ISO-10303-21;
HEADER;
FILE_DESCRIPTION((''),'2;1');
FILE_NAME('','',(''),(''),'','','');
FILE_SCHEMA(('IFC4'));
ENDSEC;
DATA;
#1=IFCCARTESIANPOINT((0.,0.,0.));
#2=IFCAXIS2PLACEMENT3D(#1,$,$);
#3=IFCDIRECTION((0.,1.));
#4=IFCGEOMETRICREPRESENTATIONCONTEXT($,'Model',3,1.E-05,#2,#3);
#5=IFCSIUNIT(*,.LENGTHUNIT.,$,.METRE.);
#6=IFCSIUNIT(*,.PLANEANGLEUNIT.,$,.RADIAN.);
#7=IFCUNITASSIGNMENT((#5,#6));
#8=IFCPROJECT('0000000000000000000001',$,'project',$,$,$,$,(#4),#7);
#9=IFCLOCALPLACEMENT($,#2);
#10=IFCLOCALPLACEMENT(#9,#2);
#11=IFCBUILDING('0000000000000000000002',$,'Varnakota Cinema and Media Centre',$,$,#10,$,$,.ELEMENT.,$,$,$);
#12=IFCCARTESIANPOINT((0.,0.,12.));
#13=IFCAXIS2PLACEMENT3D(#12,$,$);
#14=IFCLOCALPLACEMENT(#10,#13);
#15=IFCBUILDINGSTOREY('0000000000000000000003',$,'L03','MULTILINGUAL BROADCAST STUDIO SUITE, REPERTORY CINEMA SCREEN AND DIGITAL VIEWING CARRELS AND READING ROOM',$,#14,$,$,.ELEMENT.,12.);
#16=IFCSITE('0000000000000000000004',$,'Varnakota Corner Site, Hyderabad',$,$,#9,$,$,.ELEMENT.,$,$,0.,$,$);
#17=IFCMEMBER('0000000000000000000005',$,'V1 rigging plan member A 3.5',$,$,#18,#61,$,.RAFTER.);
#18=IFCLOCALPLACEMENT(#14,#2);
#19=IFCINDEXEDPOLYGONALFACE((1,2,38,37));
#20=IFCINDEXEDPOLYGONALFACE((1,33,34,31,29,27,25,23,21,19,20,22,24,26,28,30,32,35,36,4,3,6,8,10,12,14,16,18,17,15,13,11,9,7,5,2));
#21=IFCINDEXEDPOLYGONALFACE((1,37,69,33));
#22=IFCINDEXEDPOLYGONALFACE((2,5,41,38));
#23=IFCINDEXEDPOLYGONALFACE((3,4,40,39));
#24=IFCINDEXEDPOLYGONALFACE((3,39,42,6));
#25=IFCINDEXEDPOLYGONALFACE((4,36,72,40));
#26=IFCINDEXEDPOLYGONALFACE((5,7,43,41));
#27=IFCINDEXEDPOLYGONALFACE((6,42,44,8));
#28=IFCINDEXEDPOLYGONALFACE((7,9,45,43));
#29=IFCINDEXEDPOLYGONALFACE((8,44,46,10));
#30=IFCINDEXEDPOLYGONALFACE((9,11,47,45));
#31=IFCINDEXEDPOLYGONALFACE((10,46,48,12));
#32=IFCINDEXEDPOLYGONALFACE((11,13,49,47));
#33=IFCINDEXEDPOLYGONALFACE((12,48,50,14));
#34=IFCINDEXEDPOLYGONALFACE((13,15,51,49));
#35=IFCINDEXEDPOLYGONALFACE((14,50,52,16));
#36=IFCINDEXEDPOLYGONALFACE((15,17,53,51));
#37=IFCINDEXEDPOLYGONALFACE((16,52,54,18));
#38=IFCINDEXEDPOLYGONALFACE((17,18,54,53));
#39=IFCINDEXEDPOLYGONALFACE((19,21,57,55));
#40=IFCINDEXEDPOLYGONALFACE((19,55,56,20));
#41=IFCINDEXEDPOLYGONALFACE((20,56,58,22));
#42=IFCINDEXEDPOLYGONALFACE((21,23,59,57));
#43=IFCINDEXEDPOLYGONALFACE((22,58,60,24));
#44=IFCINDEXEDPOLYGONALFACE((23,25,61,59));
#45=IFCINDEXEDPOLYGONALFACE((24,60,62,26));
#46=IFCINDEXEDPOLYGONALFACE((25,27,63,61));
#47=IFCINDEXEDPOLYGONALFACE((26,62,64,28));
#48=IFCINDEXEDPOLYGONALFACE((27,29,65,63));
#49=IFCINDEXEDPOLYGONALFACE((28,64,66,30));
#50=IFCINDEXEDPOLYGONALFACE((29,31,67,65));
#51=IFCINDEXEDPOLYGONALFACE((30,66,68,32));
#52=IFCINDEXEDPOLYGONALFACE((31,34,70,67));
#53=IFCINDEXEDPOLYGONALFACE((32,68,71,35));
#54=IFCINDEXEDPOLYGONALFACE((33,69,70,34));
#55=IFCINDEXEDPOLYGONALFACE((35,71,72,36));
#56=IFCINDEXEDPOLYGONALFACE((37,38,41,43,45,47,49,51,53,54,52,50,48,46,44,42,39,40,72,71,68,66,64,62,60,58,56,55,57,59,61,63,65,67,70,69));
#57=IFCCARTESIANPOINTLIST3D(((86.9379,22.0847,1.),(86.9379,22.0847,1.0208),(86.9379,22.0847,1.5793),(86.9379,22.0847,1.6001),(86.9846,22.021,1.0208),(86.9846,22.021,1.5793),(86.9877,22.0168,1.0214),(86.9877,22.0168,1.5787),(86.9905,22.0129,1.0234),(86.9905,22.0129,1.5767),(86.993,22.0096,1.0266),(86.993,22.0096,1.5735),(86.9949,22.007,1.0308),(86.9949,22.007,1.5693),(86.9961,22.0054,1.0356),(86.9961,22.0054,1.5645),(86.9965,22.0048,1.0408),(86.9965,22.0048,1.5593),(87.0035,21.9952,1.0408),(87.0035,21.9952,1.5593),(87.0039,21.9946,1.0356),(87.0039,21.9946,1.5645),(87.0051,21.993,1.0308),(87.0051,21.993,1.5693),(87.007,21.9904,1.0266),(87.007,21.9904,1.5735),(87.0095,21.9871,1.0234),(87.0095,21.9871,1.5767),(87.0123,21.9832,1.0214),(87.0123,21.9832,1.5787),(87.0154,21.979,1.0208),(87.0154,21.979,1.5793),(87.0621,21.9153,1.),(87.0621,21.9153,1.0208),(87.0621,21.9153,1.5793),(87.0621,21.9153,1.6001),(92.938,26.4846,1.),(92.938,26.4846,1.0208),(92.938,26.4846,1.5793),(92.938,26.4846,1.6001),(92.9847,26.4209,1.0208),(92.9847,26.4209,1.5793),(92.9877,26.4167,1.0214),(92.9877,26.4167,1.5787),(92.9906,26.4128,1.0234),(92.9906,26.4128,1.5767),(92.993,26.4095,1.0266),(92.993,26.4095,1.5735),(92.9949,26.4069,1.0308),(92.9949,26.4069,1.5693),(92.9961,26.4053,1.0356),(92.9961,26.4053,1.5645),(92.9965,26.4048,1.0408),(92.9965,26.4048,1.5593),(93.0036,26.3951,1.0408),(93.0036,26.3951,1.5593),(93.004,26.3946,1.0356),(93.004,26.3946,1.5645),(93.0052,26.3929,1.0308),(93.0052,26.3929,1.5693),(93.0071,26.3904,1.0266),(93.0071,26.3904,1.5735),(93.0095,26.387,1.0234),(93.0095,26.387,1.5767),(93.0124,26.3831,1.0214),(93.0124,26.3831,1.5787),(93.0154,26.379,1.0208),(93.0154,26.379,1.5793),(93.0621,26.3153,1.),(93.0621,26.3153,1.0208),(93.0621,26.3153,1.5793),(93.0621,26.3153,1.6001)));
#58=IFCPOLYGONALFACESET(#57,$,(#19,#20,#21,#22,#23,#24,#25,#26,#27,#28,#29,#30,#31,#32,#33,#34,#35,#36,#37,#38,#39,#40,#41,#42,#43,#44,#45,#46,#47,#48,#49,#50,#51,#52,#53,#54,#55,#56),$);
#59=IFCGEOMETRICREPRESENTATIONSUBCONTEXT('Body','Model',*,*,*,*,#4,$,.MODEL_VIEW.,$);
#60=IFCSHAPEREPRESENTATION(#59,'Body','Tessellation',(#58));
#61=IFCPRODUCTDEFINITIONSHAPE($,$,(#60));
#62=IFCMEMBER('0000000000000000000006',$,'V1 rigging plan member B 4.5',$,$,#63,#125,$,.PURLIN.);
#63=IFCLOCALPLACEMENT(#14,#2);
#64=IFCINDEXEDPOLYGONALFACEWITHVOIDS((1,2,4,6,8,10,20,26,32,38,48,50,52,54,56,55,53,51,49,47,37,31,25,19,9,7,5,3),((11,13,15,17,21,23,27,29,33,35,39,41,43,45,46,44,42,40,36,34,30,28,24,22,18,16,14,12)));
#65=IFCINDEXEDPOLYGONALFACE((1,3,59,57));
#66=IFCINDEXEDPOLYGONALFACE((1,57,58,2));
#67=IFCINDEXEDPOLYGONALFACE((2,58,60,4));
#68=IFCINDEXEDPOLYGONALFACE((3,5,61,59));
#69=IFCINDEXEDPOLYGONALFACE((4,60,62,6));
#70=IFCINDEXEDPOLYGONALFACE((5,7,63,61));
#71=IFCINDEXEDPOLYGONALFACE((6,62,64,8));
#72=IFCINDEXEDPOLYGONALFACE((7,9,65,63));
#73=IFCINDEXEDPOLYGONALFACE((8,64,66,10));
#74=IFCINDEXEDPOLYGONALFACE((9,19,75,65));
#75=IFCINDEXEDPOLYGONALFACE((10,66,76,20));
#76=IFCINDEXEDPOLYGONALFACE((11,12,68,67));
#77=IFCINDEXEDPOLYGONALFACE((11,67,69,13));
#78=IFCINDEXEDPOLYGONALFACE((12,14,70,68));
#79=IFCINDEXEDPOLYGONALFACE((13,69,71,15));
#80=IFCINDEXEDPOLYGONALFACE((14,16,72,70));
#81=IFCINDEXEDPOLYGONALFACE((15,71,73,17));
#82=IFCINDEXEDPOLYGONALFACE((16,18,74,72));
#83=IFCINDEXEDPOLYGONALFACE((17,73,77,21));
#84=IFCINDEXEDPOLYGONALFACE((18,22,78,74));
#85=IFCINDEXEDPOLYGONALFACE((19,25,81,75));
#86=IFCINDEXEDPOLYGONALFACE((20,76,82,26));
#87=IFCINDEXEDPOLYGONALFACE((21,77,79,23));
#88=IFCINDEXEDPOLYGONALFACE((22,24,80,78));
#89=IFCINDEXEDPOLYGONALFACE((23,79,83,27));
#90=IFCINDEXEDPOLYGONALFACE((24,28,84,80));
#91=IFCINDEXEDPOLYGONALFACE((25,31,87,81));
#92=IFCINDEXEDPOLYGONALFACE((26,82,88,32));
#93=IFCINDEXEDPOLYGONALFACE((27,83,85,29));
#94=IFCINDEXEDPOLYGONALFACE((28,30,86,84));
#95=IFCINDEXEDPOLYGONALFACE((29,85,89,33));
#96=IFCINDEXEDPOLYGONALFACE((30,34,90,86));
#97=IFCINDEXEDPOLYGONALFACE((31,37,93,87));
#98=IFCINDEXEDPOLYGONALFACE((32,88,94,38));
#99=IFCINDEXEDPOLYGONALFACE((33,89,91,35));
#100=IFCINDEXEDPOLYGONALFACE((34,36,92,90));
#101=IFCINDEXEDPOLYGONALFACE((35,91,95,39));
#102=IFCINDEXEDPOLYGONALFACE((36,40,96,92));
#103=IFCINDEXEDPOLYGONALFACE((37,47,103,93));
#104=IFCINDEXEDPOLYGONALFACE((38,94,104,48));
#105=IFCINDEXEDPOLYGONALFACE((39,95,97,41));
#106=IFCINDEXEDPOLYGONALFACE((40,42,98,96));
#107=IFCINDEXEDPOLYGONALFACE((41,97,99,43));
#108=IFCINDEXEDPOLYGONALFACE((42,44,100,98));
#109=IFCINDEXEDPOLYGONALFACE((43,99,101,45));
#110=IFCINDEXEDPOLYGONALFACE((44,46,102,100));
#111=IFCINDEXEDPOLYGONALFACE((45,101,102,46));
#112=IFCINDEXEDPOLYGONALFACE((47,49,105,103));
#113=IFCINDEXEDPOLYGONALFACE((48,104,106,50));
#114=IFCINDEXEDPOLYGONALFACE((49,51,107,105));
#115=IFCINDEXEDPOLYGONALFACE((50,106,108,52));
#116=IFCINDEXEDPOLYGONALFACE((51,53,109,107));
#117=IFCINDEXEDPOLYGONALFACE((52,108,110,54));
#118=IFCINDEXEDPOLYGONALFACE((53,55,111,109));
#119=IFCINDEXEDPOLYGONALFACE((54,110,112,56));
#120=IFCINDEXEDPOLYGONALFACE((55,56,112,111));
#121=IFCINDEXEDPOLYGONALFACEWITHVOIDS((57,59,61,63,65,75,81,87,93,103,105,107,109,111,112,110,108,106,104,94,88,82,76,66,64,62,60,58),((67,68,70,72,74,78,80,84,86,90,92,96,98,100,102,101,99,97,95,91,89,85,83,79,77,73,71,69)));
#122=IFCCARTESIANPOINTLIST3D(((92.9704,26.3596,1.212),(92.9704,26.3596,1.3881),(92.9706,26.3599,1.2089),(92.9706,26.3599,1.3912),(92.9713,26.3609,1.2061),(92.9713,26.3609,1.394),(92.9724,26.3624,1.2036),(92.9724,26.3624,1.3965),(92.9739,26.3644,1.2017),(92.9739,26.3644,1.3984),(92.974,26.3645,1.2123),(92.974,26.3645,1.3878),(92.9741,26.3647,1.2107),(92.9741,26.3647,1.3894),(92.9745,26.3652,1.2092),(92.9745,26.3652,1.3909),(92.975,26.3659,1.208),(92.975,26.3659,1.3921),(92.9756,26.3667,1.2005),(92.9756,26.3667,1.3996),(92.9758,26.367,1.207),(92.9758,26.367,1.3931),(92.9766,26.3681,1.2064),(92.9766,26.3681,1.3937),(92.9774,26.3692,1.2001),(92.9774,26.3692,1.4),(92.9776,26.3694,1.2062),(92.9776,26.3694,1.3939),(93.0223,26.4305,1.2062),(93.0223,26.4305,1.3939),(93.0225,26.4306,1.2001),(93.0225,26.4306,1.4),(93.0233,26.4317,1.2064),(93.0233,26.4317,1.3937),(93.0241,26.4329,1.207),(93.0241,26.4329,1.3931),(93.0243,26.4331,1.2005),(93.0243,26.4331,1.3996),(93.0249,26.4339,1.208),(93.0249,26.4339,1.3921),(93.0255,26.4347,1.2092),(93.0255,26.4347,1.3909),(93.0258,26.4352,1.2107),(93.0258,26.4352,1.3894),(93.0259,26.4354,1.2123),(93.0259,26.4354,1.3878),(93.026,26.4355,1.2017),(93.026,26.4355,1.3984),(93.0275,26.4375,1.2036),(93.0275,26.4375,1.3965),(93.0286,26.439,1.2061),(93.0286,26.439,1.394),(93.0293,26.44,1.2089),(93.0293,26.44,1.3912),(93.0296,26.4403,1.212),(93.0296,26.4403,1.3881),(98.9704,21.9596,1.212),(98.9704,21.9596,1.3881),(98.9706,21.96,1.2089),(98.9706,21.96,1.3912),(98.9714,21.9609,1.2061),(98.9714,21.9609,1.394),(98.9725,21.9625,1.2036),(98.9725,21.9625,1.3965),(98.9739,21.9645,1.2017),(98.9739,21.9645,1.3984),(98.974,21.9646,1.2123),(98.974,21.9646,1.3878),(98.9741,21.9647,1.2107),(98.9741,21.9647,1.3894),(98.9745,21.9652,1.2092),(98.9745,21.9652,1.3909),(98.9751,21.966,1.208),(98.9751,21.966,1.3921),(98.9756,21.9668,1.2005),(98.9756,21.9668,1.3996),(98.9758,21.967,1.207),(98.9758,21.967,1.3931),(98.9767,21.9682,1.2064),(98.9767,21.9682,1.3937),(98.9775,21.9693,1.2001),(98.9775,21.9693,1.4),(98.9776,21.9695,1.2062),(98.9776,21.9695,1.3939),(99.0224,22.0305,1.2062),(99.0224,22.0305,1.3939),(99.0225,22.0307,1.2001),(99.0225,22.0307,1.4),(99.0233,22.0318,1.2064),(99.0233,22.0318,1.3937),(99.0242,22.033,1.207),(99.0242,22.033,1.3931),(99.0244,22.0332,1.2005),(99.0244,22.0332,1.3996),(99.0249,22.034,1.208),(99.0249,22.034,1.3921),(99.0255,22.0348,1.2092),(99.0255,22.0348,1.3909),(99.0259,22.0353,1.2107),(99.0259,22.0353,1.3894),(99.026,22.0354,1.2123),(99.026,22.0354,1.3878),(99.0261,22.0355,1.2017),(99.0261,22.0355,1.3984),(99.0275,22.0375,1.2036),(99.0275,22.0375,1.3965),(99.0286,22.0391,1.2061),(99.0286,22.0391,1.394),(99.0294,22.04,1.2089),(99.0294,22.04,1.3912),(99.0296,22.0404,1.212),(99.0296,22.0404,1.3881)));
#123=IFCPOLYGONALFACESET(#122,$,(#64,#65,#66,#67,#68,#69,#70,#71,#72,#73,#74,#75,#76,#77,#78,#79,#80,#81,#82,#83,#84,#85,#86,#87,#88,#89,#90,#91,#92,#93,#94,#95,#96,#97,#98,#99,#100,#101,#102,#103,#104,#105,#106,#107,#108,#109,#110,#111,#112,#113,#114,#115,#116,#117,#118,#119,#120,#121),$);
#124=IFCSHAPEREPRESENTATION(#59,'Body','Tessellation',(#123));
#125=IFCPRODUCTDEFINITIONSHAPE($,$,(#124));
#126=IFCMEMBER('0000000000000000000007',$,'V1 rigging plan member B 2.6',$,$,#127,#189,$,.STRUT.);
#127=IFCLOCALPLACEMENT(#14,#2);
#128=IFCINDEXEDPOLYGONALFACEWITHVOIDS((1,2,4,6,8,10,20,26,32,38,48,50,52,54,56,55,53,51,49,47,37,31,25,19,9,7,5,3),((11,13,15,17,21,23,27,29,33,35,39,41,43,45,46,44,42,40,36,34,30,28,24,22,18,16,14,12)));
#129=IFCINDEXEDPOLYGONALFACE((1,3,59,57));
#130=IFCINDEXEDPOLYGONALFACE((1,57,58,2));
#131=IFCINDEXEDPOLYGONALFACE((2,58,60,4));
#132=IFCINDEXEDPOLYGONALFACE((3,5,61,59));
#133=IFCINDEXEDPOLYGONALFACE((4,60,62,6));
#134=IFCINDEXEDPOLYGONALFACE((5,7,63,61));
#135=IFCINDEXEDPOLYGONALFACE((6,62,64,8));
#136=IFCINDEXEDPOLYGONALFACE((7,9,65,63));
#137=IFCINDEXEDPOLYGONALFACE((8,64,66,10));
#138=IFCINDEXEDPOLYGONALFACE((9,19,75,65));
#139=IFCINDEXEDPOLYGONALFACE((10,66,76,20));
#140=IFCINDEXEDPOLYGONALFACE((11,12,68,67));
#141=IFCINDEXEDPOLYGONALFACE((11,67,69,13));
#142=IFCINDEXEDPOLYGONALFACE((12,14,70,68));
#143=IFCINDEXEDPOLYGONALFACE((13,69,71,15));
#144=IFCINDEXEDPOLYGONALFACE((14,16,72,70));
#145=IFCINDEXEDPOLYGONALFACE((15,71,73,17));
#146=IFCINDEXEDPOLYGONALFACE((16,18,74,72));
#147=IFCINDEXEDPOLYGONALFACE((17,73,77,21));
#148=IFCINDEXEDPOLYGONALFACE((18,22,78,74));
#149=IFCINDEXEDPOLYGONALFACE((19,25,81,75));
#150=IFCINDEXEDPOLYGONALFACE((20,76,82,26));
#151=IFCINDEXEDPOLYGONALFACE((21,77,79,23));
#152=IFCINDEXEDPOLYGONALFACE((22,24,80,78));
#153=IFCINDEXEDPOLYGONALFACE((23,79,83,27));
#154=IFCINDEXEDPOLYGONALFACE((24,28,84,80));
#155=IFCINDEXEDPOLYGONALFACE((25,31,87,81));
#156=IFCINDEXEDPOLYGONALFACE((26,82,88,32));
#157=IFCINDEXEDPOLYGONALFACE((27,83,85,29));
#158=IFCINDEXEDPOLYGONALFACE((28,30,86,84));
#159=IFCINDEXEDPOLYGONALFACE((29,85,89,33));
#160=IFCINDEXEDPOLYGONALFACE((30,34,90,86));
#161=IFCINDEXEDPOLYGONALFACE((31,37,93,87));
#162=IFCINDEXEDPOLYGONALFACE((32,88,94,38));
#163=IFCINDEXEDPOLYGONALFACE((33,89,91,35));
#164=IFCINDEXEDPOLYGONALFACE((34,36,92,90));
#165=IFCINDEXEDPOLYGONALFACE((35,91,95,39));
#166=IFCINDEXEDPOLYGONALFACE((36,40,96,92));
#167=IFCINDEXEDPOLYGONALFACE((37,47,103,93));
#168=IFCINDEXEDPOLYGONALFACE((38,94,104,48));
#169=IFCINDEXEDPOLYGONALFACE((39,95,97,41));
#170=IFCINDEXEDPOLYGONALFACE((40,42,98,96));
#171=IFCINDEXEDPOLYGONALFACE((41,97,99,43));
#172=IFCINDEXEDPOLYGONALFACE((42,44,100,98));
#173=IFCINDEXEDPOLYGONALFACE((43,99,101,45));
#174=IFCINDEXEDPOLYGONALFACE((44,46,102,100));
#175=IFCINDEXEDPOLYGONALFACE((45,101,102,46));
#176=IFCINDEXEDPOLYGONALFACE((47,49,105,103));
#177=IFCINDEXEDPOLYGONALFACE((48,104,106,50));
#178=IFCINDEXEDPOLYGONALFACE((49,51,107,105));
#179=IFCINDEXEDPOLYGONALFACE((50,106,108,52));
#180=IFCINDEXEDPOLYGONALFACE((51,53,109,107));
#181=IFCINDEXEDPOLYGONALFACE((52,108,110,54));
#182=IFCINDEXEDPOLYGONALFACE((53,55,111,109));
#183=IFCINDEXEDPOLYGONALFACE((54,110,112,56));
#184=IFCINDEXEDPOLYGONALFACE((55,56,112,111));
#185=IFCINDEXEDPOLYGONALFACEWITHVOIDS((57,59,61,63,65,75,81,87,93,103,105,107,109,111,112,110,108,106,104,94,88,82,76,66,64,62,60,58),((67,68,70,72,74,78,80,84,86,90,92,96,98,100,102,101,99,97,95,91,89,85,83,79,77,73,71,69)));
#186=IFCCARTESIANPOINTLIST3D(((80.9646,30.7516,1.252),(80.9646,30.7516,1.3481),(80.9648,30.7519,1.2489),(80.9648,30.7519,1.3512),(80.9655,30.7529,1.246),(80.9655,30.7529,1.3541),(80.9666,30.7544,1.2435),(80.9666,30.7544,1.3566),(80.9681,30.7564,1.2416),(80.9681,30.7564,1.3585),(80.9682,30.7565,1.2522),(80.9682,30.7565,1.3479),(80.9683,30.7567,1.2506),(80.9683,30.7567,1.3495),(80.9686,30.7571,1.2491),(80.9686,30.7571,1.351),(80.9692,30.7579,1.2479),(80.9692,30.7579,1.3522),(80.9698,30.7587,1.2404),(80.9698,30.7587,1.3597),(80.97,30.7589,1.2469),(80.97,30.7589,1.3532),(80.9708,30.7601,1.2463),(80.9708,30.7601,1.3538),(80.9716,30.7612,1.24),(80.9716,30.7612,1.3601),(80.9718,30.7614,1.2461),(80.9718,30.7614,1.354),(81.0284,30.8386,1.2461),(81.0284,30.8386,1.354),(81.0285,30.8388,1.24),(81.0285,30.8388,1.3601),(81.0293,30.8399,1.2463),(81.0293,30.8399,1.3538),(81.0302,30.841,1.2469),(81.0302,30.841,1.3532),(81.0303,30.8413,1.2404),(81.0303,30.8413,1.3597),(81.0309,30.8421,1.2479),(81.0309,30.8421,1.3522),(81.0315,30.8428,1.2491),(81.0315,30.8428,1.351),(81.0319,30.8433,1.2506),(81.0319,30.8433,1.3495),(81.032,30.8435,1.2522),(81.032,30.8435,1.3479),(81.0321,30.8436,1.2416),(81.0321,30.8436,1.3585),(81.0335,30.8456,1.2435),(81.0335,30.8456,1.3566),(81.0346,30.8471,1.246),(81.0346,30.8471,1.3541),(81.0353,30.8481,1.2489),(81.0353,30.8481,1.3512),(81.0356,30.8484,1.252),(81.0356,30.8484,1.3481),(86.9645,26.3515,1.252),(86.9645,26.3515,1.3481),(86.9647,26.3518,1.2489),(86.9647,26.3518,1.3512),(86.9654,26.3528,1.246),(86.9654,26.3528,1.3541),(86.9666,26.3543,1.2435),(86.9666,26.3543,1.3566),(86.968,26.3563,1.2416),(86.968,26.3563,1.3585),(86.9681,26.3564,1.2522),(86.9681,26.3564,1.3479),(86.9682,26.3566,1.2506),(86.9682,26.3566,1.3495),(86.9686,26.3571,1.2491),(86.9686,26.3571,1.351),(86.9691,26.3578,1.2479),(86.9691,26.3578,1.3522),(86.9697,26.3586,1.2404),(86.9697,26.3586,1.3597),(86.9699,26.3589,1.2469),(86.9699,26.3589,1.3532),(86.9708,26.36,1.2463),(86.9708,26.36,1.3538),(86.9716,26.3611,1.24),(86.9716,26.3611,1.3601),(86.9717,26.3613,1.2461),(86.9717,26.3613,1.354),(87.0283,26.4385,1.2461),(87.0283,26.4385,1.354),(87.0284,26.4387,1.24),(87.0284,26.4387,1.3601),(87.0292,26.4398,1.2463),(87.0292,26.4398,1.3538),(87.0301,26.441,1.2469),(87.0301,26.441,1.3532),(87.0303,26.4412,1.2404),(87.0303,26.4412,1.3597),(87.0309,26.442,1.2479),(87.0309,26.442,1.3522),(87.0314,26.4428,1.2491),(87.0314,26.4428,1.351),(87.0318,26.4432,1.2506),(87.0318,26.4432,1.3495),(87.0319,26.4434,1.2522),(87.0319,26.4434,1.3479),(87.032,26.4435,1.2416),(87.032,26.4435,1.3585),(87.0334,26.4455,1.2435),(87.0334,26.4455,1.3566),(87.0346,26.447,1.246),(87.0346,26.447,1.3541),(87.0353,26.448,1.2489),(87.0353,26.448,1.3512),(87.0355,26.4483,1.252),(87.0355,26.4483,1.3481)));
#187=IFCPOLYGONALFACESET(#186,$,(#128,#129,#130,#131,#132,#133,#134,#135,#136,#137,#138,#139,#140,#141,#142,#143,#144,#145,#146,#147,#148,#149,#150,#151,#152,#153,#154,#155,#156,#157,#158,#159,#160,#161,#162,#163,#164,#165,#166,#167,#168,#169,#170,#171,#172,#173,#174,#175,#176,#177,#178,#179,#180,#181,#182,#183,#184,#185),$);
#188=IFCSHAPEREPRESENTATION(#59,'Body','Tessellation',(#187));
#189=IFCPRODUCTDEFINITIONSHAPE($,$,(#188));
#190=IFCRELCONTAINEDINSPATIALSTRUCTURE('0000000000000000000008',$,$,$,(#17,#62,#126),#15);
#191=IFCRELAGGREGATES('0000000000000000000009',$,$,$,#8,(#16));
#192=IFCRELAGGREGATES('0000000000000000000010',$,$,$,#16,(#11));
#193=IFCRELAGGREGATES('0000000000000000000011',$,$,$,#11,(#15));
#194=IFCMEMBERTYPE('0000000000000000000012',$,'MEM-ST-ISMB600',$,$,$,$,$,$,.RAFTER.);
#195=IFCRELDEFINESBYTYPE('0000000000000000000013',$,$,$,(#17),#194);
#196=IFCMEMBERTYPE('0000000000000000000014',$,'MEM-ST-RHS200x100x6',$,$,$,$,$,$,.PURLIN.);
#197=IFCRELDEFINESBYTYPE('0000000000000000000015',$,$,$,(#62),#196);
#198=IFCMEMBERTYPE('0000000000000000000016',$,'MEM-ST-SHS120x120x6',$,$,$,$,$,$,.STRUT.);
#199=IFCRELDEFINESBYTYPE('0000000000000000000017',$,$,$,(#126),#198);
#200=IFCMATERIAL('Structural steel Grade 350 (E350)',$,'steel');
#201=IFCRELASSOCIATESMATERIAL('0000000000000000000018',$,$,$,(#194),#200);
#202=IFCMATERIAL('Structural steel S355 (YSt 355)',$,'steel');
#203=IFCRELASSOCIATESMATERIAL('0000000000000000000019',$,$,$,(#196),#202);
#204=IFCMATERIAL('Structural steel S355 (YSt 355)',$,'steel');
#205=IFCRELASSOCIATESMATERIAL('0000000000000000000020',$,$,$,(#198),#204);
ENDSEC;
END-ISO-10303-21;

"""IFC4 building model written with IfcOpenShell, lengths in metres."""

from ifc_helpers import new_model, si_unit, direction, frame, origin, origin_2d, place, context, subcontext, project, spatial, hollow_rectangle, i_section, extrude, material, material_profile, profile_set, type_object, element, save


model = new_model("IFC4")

# Units and contexts
model_context = context("Model", 3, precision=1e-05, world=origin(), true_north=direction((0.0, 1.0)))
body_context = subcontext(model_context, "Body", "Model", "MODEL_VIEW")
ifc_project = project(units=[si_unit("LENGTHUNIT", "METRE"), si_unit("PLANEANGLEUNIT", "RADIAN")], contexts=[model_context])

# Site, building, storey
site_placement = place(None, origin())
site = spatial("IfcSite", under=ifc_project, at=site_placement, Name="Varnakota Corner Site, Hyderabad", CompositionType="ELEMENT", RefElevation=0.0)
building_placement = place(site_placement, origin())
building = spatial("IfcBuilding", under=site, at=building_placement, Name="Varnakota Cinema and Media Centre", CompositionType="ELEMENT")
storey_placement = place(building_placement, frame((0.0, 0.0, 12.0)))
storey = spatial("IfcBuildingStorey", under=building, at=storey_placement, Name="L03", Description="MULTILINGUAL BROADCAST STUDIO SUITE, REPERTORY CINEMA SCREEN AND DIGITAL VIEWING CARRELS AND READING ROOM", CompositionType="ELEMENT", Elevation=12.0)

# Members
ifc_material_1 = material(Name="Structural steel Grade 350 (E350)", Category="steel")
ifc_material_profile_1 = material_profile(ifc_material_1, i_section(OverallWidth=0.21, OverallDepth=0.6001, WebThickness=0.012, FlangeThickness=0.0208, FilletRadius=0.02, at=origin_2d()), Name="ISMB 600")
ifc_profile_set_1 = profile_set([ifc_material_profile_1], Name="Structural steel Grade 350 (E350)")
member_type_1 = type_object("IfcMemberType", Name="MEM-ST-ISMB600", PredefinedType="RAFTER", material=ifc_profile_set_1)
member_1_placement = place(storey_placement, frame((87.0, 22.0, 1.3), z_axis=(0.806411, 0.591355, 0.0), x_axis=(-0.591355, 0.806411, 0.0)))
element("IfcMember", 1, at=member_1_placement, inside=storey, type_object=member_type_1, Name="V1 rigging plan member A 3.5", PredefinedType="RAFTER", context=body_context, shape_type="SweptSolid", body=[
    extrude(i_section(OverallWidth=0.21, OverallDepth=0.6001, WebThickness=0.012, FlangeThickness=0.0208, FilletRadius=0.02, at=origin_2d()), origin(), (0.0, 0.0, 1.0), 7.4404),
])
ifc_material_2 = material(Name="Structural steel S355 (YSt 355)", Category="steel")
ifc_material_profile_2 = material_profile(ifc_material_2, hollow_rectangle(XDim=0.1001, YDim=0.2, WallThickness=0.0061, InnerFilletRadius=0.0061, OuterFilletRadius=0.012, at=origin_2d()), Name="RHS 200x100x6")
ifc_profile_set_2 = profile_set([ifc_material_profile_2], Name="Structural steel S355 (YSt 355)")
member_type_2 = type_object("IfcMemberType", Name="MEM-ST-RHS200x100x6", PredefinedType="PURLIN", material=ifc_profile_set_2)
member_2_placement = place(storey_placement, frame((99.0, 22.0, 1.3), z_axis=(-0.806411, 0.591355, 0.0), x_axis=(-0.591355, -0.806411, 0.0)))
element("IfcMember", 2, at=member_2_placement, inside=storey, type_object=member_type_2, Name="V1 rigging plan member B 4.5", PredefinedType="PURLIN", context=body_context, shape_type="SweptSolid", body=[
    extrude(hollow_rectangle(XDim=0.1001, YDim=0.2, WallThickness=0.0061, InnerFilletRadius=0.0061, OuterFilletRadius=0.012, at=origin_2d()), origin(), (0.0, 0.0, 1.0), 7.4404),
])
ifc_material_3 = material(Name="Structural steel S355 (YSt 355)", Category="steel")
ifc_material_profile_3 = material_profile(ifc_material_3, hollow_rectangle(XDim=0.1201, YDim=0.1201, WallThickness=0.0061, InnerFilletRadius=0.0061, OuterFilletRadius=0.012, at=origin_2d()), Name="SHS 120x120x6")
ifc_profile_set_3 = profile_set([ifc_material_profile_3], Name="Structural steel S355 (YSt 355)")
member_type_3 = type_object("IfcMemberType", Name="MEM-ST-SHS120x120x6", PredefinedType="STRUT", material=ifc_profile_set_3)
member_3_placement = place(storey_placement, frame((87.0, 26.3999, 1.3), z_axis=(-0.806396, 0.591376, 0.0), x_axis=(-0.591376, -0.806396, 0.0)))
element("IfcMember", 3, at=member_3_placement, inside=storey, type_object=member_type_3, Name="V1 rigging plan member B 2.6", PredefinedType="STRUT", context=body_context, shape_type="SweptSolid", body=[
    extrude(hollow_rectangle(XDim=0.1201, YDim=0.1201, WallThickness=0.0061, InnerFilletRadius=0.0061, OuterFilletRadius=0.012, at=origin_2d()), origin(), (0.0, 0.0, 1.0), 7.4404),
])

save(model, "model.ifc")
